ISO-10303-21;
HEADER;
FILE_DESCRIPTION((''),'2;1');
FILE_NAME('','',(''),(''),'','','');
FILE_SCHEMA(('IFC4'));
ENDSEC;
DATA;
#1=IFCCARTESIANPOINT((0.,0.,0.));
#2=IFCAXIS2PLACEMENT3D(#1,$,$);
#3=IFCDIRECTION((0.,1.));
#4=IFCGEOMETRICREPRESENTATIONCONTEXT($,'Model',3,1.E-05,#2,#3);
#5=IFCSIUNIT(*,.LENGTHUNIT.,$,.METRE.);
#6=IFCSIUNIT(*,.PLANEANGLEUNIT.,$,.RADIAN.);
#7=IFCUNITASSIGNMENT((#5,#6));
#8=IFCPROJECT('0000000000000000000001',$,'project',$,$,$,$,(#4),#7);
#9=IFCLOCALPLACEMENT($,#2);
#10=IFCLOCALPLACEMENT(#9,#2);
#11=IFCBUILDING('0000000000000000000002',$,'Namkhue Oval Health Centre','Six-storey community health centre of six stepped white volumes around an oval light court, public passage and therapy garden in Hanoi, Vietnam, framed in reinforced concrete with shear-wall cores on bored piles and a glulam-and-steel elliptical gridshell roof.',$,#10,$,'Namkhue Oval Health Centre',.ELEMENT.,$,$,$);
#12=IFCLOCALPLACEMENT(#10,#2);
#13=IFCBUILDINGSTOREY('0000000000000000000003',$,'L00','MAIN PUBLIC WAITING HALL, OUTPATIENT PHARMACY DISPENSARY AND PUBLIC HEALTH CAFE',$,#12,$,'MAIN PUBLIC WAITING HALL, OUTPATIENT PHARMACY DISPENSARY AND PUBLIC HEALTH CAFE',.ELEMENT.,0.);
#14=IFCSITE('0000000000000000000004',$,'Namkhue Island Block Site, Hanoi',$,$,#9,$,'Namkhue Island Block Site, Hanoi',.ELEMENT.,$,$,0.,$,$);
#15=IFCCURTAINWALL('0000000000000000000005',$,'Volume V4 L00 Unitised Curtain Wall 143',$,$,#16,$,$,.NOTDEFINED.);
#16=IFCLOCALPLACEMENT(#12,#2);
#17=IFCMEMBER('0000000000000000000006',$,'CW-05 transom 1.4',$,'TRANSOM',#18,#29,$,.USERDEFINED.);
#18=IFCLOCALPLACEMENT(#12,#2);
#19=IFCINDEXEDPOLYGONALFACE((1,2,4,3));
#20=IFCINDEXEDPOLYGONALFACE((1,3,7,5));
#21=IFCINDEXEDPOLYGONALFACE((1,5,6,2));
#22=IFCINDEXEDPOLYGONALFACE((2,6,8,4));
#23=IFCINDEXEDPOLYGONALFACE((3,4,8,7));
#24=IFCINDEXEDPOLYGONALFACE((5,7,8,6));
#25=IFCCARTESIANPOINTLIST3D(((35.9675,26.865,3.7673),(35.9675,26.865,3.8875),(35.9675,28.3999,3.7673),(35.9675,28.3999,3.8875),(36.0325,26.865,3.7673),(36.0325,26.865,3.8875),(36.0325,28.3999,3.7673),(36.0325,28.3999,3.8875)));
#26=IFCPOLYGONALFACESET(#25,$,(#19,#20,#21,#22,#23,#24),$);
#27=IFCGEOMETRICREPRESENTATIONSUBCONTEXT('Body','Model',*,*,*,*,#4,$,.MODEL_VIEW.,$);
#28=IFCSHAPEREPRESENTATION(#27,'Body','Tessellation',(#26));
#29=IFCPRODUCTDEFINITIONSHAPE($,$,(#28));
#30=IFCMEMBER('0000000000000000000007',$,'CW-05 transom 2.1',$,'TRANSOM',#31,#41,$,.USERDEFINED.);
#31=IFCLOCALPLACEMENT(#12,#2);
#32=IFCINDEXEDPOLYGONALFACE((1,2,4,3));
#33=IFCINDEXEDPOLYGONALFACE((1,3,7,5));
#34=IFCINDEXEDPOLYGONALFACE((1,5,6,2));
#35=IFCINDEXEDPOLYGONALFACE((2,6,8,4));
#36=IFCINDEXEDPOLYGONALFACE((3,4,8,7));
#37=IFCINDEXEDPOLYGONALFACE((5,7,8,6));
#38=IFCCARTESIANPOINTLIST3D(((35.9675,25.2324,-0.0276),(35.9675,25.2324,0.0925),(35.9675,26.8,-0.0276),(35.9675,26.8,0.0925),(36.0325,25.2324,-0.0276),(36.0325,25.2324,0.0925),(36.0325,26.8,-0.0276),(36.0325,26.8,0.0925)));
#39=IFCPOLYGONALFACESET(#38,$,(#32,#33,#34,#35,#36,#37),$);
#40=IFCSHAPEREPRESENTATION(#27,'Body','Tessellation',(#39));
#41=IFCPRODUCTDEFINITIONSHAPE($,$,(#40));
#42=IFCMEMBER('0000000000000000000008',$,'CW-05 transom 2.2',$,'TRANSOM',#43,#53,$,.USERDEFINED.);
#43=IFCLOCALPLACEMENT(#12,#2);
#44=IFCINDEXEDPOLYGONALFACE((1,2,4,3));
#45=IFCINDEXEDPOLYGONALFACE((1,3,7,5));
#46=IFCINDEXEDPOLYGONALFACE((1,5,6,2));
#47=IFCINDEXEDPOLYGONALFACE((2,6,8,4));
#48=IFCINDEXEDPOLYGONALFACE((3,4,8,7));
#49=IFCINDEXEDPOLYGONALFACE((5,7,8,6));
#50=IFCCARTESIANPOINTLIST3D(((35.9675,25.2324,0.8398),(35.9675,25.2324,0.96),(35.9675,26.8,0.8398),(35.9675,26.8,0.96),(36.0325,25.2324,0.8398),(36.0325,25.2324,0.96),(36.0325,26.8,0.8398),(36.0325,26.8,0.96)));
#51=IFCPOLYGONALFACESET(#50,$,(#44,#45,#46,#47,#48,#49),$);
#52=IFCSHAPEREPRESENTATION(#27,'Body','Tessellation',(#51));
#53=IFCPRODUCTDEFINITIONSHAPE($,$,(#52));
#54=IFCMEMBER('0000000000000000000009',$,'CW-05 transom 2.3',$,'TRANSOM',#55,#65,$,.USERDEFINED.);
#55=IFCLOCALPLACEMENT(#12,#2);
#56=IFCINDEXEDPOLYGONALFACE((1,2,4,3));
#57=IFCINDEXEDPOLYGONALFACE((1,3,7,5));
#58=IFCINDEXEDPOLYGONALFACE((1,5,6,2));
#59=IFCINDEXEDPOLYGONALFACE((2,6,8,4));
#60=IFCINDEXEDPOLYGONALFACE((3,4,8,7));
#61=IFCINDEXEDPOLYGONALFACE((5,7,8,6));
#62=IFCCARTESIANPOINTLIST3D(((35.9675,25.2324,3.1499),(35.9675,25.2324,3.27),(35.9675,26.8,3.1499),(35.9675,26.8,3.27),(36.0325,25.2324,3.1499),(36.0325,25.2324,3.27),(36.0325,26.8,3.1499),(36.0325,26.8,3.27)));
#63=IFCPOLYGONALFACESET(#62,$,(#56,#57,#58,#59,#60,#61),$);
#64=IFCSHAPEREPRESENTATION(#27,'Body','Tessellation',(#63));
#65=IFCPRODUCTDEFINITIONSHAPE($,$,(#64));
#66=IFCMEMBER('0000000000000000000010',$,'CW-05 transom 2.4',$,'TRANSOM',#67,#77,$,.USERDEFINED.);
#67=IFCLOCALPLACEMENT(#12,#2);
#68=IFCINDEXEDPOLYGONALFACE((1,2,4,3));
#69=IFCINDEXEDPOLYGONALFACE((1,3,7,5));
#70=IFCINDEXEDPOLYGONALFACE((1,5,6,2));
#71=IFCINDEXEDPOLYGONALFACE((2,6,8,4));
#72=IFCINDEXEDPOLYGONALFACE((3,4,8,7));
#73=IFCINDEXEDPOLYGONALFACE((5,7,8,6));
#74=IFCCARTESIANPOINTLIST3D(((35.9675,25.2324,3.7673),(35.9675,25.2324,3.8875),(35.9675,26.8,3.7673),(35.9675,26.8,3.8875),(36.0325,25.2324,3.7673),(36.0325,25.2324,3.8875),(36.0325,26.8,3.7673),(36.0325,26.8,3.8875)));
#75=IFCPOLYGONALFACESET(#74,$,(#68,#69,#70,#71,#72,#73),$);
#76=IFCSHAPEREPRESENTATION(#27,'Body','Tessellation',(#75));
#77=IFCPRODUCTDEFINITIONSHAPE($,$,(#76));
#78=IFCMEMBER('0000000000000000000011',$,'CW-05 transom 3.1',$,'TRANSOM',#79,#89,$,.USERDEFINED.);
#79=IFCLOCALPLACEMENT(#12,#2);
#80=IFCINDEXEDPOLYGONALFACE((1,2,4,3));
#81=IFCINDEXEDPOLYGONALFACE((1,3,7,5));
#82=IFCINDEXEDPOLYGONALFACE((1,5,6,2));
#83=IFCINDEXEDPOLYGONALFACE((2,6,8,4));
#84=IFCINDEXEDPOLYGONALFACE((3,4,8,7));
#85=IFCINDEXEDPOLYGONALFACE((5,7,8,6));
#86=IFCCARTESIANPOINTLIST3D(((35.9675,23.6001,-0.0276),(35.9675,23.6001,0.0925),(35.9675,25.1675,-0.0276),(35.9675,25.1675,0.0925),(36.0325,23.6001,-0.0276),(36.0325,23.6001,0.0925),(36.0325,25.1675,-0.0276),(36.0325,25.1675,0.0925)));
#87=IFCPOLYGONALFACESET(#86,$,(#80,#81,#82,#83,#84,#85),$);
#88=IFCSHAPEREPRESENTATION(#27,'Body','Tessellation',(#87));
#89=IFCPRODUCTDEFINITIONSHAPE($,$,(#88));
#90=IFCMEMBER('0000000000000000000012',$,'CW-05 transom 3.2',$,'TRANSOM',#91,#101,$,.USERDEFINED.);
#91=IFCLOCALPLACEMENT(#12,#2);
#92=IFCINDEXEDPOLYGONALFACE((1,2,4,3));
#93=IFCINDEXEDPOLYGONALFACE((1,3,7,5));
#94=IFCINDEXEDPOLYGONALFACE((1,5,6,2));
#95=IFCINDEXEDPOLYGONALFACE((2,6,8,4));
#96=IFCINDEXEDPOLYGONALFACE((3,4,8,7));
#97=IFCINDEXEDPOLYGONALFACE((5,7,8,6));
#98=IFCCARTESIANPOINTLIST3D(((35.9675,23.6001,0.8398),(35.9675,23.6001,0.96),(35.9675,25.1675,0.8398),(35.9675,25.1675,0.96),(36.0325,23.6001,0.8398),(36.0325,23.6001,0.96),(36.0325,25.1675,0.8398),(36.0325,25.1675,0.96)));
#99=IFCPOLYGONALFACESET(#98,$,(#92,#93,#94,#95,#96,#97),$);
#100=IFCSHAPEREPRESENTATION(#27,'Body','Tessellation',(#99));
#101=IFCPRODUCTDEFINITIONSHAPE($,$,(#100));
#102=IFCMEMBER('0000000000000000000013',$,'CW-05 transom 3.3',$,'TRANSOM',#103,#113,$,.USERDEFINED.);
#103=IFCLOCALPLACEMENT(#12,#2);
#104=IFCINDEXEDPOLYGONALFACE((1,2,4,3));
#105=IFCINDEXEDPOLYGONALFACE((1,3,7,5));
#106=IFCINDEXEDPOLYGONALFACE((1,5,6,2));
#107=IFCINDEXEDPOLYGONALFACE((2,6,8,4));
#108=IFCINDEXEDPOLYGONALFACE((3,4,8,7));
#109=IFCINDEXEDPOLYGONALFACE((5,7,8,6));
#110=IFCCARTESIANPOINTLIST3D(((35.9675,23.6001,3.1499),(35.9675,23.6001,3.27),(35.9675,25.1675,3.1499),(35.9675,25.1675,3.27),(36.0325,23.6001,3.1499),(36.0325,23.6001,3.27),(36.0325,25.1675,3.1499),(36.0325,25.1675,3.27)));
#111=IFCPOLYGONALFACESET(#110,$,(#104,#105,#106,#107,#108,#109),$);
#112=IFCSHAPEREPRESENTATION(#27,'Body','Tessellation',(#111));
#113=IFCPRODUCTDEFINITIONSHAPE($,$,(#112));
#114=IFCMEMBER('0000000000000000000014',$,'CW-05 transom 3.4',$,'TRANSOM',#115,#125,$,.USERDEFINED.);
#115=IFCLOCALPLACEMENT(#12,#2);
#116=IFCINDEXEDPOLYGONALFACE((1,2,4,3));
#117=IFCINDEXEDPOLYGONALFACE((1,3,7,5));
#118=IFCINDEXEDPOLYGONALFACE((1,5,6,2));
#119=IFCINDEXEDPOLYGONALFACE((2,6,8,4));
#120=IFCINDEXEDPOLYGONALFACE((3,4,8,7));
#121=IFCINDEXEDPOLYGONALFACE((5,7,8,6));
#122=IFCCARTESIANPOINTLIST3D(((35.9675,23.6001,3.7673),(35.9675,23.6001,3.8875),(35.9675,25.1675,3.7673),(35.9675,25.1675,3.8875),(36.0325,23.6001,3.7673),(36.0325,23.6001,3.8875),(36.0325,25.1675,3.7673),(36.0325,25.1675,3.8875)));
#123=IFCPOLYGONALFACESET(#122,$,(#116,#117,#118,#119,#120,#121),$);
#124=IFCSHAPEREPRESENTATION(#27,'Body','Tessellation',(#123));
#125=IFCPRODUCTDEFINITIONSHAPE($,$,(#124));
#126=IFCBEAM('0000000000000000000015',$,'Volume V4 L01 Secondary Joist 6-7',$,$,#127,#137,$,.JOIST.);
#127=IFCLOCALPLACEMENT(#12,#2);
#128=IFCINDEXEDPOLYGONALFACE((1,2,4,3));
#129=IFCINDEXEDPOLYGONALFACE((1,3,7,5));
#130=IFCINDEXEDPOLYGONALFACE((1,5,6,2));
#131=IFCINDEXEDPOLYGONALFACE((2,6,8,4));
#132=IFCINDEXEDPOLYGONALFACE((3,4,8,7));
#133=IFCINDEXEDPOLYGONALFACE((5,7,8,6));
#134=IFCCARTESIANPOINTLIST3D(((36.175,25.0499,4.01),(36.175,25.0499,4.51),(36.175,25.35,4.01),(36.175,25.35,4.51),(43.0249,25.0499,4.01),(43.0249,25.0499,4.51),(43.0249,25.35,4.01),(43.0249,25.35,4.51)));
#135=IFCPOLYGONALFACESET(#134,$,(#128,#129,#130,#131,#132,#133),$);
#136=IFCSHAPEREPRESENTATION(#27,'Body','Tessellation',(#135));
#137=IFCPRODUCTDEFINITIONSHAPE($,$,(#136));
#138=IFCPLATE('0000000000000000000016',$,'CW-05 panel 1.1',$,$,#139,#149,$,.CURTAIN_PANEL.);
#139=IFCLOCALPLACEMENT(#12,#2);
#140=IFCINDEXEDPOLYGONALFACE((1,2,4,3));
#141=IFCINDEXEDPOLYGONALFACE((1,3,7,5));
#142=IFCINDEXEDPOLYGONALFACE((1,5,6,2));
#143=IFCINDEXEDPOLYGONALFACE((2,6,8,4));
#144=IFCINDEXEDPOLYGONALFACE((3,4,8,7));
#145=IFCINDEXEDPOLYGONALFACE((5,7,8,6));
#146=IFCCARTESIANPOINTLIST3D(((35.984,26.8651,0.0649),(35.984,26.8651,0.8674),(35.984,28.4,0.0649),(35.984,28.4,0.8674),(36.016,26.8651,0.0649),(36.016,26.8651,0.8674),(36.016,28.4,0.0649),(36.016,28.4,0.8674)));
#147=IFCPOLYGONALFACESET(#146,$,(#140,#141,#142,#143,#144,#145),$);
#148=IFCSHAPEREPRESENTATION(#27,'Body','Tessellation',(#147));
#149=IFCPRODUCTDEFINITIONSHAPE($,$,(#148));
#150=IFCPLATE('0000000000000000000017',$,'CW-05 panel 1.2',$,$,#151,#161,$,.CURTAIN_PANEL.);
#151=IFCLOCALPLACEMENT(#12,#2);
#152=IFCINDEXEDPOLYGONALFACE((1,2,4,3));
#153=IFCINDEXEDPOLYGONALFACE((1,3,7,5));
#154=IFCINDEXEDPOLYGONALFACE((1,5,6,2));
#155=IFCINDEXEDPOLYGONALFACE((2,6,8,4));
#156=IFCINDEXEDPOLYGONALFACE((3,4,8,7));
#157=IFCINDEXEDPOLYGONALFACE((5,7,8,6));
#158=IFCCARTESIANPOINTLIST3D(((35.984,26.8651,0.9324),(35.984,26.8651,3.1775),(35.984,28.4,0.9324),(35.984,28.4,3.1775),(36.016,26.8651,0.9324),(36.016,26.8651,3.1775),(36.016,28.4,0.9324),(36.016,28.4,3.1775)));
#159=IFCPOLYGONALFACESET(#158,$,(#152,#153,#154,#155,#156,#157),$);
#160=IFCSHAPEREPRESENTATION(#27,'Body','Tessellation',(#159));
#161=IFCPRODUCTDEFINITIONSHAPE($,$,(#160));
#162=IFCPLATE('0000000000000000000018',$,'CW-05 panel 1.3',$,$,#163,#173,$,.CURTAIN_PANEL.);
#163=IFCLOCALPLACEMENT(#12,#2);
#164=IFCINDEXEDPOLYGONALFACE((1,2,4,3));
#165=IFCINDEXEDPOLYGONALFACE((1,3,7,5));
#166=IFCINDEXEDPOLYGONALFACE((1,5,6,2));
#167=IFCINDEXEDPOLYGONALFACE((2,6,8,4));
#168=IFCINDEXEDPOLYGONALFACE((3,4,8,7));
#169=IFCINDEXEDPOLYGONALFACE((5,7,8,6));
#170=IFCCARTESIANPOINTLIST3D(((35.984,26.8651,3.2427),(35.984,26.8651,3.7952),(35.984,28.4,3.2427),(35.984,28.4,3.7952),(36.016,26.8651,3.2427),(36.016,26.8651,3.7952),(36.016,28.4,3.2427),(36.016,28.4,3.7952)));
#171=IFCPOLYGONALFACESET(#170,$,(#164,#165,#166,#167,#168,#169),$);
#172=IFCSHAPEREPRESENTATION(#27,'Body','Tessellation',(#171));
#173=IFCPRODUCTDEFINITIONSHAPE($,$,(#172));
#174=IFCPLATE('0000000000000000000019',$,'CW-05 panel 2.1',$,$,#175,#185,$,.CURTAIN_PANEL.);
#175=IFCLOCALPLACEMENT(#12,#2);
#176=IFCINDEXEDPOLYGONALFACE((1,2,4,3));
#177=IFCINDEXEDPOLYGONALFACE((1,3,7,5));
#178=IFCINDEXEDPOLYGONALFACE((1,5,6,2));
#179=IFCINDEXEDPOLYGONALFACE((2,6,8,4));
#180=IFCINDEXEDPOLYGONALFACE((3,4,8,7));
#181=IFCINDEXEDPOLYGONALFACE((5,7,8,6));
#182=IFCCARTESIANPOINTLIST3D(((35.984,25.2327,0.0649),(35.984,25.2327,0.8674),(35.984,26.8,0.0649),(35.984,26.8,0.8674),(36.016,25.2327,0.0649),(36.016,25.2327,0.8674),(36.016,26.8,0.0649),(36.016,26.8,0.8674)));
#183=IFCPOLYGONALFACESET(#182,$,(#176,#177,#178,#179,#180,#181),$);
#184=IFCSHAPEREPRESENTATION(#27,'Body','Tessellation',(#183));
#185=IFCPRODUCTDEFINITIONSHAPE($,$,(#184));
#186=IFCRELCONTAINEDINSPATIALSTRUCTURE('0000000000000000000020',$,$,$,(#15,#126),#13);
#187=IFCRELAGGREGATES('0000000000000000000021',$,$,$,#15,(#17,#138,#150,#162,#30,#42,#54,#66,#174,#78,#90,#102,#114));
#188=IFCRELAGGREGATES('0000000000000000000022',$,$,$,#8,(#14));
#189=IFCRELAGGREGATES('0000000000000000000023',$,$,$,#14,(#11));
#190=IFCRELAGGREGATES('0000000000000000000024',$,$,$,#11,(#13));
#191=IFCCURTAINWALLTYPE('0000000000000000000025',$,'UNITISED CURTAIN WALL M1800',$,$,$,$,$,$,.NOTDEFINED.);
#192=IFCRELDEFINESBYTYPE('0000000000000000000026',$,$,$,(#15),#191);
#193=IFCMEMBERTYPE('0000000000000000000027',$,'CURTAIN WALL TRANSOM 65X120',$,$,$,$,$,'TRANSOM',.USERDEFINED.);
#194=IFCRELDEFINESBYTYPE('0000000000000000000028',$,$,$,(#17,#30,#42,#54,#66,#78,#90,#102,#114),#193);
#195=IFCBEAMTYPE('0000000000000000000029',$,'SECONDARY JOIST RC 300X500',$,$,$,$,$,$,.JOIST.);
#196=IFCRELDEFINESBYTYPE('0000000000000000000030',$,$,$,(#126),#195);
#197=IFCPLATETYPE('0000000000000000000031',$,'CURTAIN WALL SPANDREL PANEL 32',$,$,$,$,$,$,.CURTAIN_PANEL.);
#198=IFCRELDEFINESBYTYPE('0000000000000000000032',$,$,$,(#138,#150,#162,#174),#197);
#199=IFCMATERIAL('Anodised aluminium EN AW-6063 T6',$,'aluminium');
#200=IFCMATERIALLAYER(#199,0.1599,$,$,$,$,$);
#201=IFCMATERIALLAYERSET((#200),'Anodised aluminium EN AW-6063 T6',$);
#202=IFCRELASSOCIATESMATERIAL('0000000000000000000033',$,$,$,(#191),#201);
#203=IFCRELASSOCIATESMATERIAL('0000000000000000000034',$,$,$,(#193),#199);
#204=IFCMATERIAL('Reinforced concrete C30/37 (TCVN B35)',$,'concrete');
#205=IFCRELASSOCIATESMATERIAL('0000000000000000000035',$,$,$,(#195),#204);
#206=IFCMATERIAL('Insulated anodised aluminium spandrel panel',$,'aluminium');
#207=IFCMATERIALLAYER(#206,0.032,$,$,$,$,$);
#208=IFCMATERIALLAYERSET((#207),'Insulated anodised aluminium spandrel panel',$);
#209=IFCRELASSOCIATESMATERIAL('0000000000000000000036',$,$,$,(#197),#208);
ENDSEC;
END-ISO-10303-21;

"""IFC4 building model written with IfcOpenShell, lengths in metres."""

from ifc_helpers import new_model, si_unit, direction, frame, origin, origin_2d, place, context, subcontext, project, spatial, rectangle, extrude, material, layer, layer_set, material_profile, profile_set, type_object, element, aggregate, save


model = new_model("IFC4")

# Units and contexts
model_context = context("Model", 3, precision=1e-05, world=origin(), true_north=direction((0.0, 1.0)))
body_context = subcontext(model_context, "Body", "Model", "MODEL_VIEW")
ifc_project = project(units=[si_unit("LENGTHUNIT", "METRE"), si_unit("PLANEANGLEUNIT", "RADIAN")], contexts=[model_context])

# Site, building, storey
site_placement = place(None, origin())
site = spatial("IfcSite", under=ifc_project, at=site_placement, Name="Namkhue Island Block Site, Hanoi", LongName="Namkhue Island Block Site, Hanoi", CompositionType="ELEMENT", RefElevation=0.0)
building_placement = place(site_placement, origin())
building = spatial("IfcBuilding", under=site, at=building_placement, Name="Namkhue Oval Health Centre", Description="Six-storey community health centre of six stepped white volumes around an oval light court, public passage and therapy garden in Hanoi, Vietnam, framed in reinforced concrete with shear-wall cores on bored piles and a glulam-and-steel elliptical gridshell roof.", LongName="Namkhue Oval Health Centre", CompositionType="ELEMENT")
storey_placement = place(building_placement, origin())
storey = spatial("IfcBuildingStorey", under=building, at=storey_placement, Name="L00", Description="MAIN PUBLIC WAITING HALL, OUTPATIENT PHARMACY DISPENSARY AND PUBLIC HEALTH CAFE", LongName="MAIN PUBLIC WAITING HALL, OUTPATIENT PHARMACY DISPENSARY AND PUBLIC HEALTH CAFE", CompositionType="ELEMENT", Elevation=0.0)

# Shared definitions
ifc_material_1 = material(Name="Reinforced concrete C30/37 (TCVN B35)", Category="concrete")

# Curtain wall, members
ifc_material_2 = material(Name="Anodised aluminium EN AW-6063 T6", Category="aluminium")
ifc_layer_1 = layer(ifc_material_2, 0.1599)
ifc_layer_set_1 = layer_set([ifc_layer_1], Name="Anodised aluminium EN AW-6063 T6")
curtain_wall_type = type_object("IfcCurtainWallType", Name="UNITISED CURTAIN WALL M1800", PredefinedType="NOTDEFINED", material=ifc_layer_set_1)
curtain_wall_placement = place(storey_placement, origin())
curtain_wall = element("IfcCurtainWall", 1, at=curtain_wall_placement, inside=storey, type_object=curtain_wall_type, Name="Volume V4 L00 Unitised Curtain Wall 143", PredefinedType="NOTDEFINED")
ifc_material_profile_1 = material_profile(ifc_material_2, rectangle(XDim=0.0649, YDim=0.1201, at=origin_2d()), Name="ALU 65x120")
ifc_profile_set_1 = profile_set([ifc_material_profile_1], Name="Anodised aluminium EN AW-6063 T6")
member_type_1 = type_object("IfcMemberType", Name="CURTAIN WALL TRANSOM 65X120", ElementType="TRANSOM", PredefinedType="USERDEFINED", material=ifc_profile_set_1)
member_1_placement = place(storey_placement, frame((36.0, 28.3999, 3.8274), z_axis=(0.0, -1.0, 0.0), x_axis=(1.0, 0.0, 0.0)))
member_1 = element("IfcMember", 2, at=member_1_placement, type_object=member_type_1, Name="CW-05 transom 1.4", ObjectType="TRANSOM", PredefinedType="USERDEFINED", context=body_context, shape_type="SweptSolid", body=[
    extrude(rectangle(XDim=0.0649, YDim=0.1201, at=origin_2d()), origin(), (0.0, 0.0, 1.0), 1.5349),
])
member_2_placement = place(storey_placement, frame((36.0, 26.8, 0.0325), z_axis=(0.0, -1.0, 0.0), x_axis=(1.0, 0.0, 0.0)))
member_2 = element("IfcMember", 3, at=member_2_placement, type_object=member_type_1, Name="CW-05 transom 2.1", ObjectType="TRANSOM", PredefinedType="USERDEFINED", context=body_context, shape_type="SweptSolid", body=[
    extrude(rectangle(XDim=0.0649, YDim=0.1201, at=origin_2d()), origin(), (0.0, 0.0, 1.0), 1.5676),
])
member_3_placement = place(storey_placement, frame((36.0, 26.8, 0.8999), z_axis=(0.0, -1.0, 0.0), x_axis=(1.0, 0.0, 0.0)))
member_3 = element("IfcMember", 4, at=member_3_placement, type_object=member_type_1, Name="CW-05 transom 2.2", ObjectType="TRANSOM", PredefinedType="USERDEFINED", context=body_context, shape_type="SweptSolid", body=[
    extrude(rectangle(XDim=0.0649, YDim=0.1201, at=origin_2d()), origin(), (0.0, 0.0, 1.0), 1.5676),
])
member_4_placement = place(storey_placement, frame((36.0, 26.8, 3.21), z_axis=(0.0, -1.0, 0.0), x_axis=(1.0, 0.0, 0.0)))
member_4 = element("IfcMember", 5, at=member_4_placement, type_object=member_type_1, Name="CW-05 transom 2.3", ObjectType="TRANSOM", PredefinedType="USERDEFINED", context=body_context, shape_type="SweptSolid", body=[
    extrude(rectangle(XDim=0.0649, YDim=0.1201, at=origin_2d()), origin(), (0.0, 0.0, 1.0), 1.5676),
])
member_5_placement = place(storey_placement, frame((36.0, 26.8, 3.8274), z_axis=(0.0, -1.0, 0.0), x_axis=(1.0, 0.0, 0.0)))
member_5 = element("IfcMember", 6, at=member_5_placement, type_object=member_type_1, Name="CW-05 transom 2.4", ObjectType="TRANSOM", PredefinedType="USERDEFINED", context=body_context, shape_type="SweptSolid", body=[
    extrude(rectangle(XDim=0.0649, YDim=0.1201, at=origin_2d()), origin(), (0.0, 0.0, 1.0), 1.5676),
])
member_6_placement = place(storey_placement, frame((36.0, 25.1675, 0.0325), z_axis=(0.0, -1.0, 0.0), x_axis=(1.0, 0.0, 0.0)))
member_6 = element("IfcMember", 7, at=member_6_placement, type_object=member_type_1, Name="CW-05 transom 3.1", ObjectType="TRANSOM", PredefinedType="USERDEFINED", context=body_context, shape_type="SweptSolid", body=[
    extrude(rectangle(XDim=0.0649, YDim=0.1201, at=origin_2d()), origin(), (0.0, 0.0, 1.0), 1.5674),
])
member_7_placement = place(storey_placement, frame((36.0, 25.1675, 0.8999), z_axis=(0.0, -1.0, 0.0), x_axis=(1.0, 0.0, 0.0)))
member_7 = element("IfcMember", 8, at=member_7_placement, type_object=member_type_1, Name="CW-05 transom 3.2", ObjectType="TRANSOM", PredefinedType="USERDEFINED", context=body_context, shape_type="SweptSolid", body=[
    extrude(rectangle(XDim=0.0649, YDim=0.1201, at=origin_2d()), origin(), (0.0, 0.0, 1.0), 1.5674),
])
member_8_placement = place(storey_placement, frame((36.0, 25.1675, 3.21), z_axis=(0.0, -1.0, 0.0), x_axis=(1.0, 0.0, 0.0)))
member_8 = element("IfcMember", 9, at=member_8_placement, type_object=member_type_1, Name="CW-05 transom 3.3", ObjectType="TRANSOM", PredefinedType="USERDEFINED", context=body_context, shape_type="SweptSolid", body=[
    extrude(rectangle(XDim=0.0649, YDim=0.1201, at=origin_2d()), origin(), (0.0, 0.0, 1.0), 1.5674),
])
member_9_placement = place(storey_placement, frame((36.0, 25.1675, 3.8274), z_axis=(0.0, -1.0, 0.0), x_axis=(1.0, 0.0, 0.0)))
member_9 = element("IfcMember", 10, at=member_9_placement, type_object=member_type_1, Name="CW-05 transom 3.4", ObjectType="TRANSOM", PredefinedType="USERDEFINED", context=body_context, shape_type="SweptSolid", body=[
    extrude(rectangle(XDim=0.0649, YDim=0.1201, at=origin_2d()), origin(), (0.0, 0.0, 1.0), 1.5674),
])

# Beam
ifc_material_profile_2 = material_profile(ifc_material_1, rectangle(XDim=0.3, YDim=0.5, at=origin_2d()), Name="RC 300x500")
ifc_profile_set_2 = profile_set([ifc_material_profile_2], Name="Reinforced concrete C30/37 (TCVN B35)")
beam_type = type_object("IfcBeamType", Name="SECONDARY JOIST RC 300X500", PredefinedType="JOIST", material=ifc_profile_set_2)
beam_placement = place(storey_placement, frame((36.175, 25.2, 4.26), z_axis=(1.0, 0.0, 0.0), x_axis=(0.0, 1.0, 0.0)))
element("IfcBeam", 11, at=beam_placement, inside=storey, type_object=beam_type, Name="Volume V4 L01 Secondary Joist 6-7", PredefinedType="JOIST", context=body_context, shape_type="SweptSolid", body=[
    extrude(rectangle(XDim=0.3, YDim=0.5, at=origin_2d()), origin(), (0.0, 0.0, 1.0), 6.8499),
])

# Plates
ifc_material_3 = material(Name="Insulated anodised aluminium spandrel panel", Category="aluminium")
ifc_layer_2 = layer(ifc_material_3, 0.032)
ifc_layer_set_2 = layer_set([ifc_layer_2], Name="Insulated anodised aluminium spandrel panel")
plate_type = type_object("IfcPlateType", Name="CURTAIN WALL SPANDREL PANEL 32", PredefinedType="CURTAIN_PANEL", material=ifc_layer_set_2)
plate_1_placement = place(storey_placement, frame((36.0, 27.6326, 0.0649), z_axis=(0.0, 0.0, 1.0), x_axis=(0.0, -1.0, 0.0)))
plate_1 = element("IfcPlate", 12, at=plate_1_placement, type_object=plate_type, Name="CW-05 panel 1.1", PredefinedType="CURTAIN_PANEL", context=body_context, shape_type="SweptSolid", body=[
    extrude(rectangle(XDim=1.5349, YDim=0.032, at=origin_2d()), origin(), (0.0, 0.0, 1.0), 0.8025),
])
plate_2_placement = place(storey_placement, frame((36.0, 27.6326, 0.9324), z_axis=(0.0, 0.0, 1.0), x_axis=(0.0, -1.0, 0.0)))
plate_2 = element("IfcPlate", 13, at=plate_2_placement, type_object=plate_type, Name="CW-05 panel 1.2", PredefinedType="CURTAIN_PANEL", context=body_context, shape_type="SweptSolid", body=[
    extrude(rectangle(XDim=1.5349, YDim=0.032, at=origin_2d()), origin(), (0.0, 0.0, 1.0), 2.2451),
])
plate_3_placement = place(storey_placement, frame((36.0, 27.6326, 3.2427), z_axis=(0.0, 0.0, 1.0), x_axis=(0.0, -1.0, 0.0)))
plate_3 = element("IfcPlate", 14, at=plate_3_placement, type_object=plate_type, Name="CW-05 panel 1.3", PredefinedType="CURTAIN_PANEL", context=body_context, shape_type="SweptSolid", body=[
    extrude(rectangle(XDim=1.5349, YDim=0.032, at=origin_2d()), origin(), (0.0, 0.0, 1.0), 0.5525),
])
plate_4_placement = place(storey_placement, frame((36.0, 26.0164, 0.0649), z_axis=(0.0, 0.0, 1.0), x_axis=(0.0, -1.0, 0.0)))
plate_4 = element("IfcPlate", 15, at=plate_4_placement, type_object=plate_type, Name="CW-05 panel 2.1", PredefinedType="CURTAIN_PANEL", context=body_context, shape_type="SweptSolid", body=[
    extrude(rectangle(XDim=1.5674, YDim=0.032, at=origin_2d()), origin(), (0.0, 0.0, 1.0), 0.8025),
])
aggregate(curtain_wall, [member_1, plate_1, plate_2, plate_3, member_2, member_3, member_4, member_5, plate_4, member_6, member_7, member_8, member_9])

save(model, "model.ifc")
